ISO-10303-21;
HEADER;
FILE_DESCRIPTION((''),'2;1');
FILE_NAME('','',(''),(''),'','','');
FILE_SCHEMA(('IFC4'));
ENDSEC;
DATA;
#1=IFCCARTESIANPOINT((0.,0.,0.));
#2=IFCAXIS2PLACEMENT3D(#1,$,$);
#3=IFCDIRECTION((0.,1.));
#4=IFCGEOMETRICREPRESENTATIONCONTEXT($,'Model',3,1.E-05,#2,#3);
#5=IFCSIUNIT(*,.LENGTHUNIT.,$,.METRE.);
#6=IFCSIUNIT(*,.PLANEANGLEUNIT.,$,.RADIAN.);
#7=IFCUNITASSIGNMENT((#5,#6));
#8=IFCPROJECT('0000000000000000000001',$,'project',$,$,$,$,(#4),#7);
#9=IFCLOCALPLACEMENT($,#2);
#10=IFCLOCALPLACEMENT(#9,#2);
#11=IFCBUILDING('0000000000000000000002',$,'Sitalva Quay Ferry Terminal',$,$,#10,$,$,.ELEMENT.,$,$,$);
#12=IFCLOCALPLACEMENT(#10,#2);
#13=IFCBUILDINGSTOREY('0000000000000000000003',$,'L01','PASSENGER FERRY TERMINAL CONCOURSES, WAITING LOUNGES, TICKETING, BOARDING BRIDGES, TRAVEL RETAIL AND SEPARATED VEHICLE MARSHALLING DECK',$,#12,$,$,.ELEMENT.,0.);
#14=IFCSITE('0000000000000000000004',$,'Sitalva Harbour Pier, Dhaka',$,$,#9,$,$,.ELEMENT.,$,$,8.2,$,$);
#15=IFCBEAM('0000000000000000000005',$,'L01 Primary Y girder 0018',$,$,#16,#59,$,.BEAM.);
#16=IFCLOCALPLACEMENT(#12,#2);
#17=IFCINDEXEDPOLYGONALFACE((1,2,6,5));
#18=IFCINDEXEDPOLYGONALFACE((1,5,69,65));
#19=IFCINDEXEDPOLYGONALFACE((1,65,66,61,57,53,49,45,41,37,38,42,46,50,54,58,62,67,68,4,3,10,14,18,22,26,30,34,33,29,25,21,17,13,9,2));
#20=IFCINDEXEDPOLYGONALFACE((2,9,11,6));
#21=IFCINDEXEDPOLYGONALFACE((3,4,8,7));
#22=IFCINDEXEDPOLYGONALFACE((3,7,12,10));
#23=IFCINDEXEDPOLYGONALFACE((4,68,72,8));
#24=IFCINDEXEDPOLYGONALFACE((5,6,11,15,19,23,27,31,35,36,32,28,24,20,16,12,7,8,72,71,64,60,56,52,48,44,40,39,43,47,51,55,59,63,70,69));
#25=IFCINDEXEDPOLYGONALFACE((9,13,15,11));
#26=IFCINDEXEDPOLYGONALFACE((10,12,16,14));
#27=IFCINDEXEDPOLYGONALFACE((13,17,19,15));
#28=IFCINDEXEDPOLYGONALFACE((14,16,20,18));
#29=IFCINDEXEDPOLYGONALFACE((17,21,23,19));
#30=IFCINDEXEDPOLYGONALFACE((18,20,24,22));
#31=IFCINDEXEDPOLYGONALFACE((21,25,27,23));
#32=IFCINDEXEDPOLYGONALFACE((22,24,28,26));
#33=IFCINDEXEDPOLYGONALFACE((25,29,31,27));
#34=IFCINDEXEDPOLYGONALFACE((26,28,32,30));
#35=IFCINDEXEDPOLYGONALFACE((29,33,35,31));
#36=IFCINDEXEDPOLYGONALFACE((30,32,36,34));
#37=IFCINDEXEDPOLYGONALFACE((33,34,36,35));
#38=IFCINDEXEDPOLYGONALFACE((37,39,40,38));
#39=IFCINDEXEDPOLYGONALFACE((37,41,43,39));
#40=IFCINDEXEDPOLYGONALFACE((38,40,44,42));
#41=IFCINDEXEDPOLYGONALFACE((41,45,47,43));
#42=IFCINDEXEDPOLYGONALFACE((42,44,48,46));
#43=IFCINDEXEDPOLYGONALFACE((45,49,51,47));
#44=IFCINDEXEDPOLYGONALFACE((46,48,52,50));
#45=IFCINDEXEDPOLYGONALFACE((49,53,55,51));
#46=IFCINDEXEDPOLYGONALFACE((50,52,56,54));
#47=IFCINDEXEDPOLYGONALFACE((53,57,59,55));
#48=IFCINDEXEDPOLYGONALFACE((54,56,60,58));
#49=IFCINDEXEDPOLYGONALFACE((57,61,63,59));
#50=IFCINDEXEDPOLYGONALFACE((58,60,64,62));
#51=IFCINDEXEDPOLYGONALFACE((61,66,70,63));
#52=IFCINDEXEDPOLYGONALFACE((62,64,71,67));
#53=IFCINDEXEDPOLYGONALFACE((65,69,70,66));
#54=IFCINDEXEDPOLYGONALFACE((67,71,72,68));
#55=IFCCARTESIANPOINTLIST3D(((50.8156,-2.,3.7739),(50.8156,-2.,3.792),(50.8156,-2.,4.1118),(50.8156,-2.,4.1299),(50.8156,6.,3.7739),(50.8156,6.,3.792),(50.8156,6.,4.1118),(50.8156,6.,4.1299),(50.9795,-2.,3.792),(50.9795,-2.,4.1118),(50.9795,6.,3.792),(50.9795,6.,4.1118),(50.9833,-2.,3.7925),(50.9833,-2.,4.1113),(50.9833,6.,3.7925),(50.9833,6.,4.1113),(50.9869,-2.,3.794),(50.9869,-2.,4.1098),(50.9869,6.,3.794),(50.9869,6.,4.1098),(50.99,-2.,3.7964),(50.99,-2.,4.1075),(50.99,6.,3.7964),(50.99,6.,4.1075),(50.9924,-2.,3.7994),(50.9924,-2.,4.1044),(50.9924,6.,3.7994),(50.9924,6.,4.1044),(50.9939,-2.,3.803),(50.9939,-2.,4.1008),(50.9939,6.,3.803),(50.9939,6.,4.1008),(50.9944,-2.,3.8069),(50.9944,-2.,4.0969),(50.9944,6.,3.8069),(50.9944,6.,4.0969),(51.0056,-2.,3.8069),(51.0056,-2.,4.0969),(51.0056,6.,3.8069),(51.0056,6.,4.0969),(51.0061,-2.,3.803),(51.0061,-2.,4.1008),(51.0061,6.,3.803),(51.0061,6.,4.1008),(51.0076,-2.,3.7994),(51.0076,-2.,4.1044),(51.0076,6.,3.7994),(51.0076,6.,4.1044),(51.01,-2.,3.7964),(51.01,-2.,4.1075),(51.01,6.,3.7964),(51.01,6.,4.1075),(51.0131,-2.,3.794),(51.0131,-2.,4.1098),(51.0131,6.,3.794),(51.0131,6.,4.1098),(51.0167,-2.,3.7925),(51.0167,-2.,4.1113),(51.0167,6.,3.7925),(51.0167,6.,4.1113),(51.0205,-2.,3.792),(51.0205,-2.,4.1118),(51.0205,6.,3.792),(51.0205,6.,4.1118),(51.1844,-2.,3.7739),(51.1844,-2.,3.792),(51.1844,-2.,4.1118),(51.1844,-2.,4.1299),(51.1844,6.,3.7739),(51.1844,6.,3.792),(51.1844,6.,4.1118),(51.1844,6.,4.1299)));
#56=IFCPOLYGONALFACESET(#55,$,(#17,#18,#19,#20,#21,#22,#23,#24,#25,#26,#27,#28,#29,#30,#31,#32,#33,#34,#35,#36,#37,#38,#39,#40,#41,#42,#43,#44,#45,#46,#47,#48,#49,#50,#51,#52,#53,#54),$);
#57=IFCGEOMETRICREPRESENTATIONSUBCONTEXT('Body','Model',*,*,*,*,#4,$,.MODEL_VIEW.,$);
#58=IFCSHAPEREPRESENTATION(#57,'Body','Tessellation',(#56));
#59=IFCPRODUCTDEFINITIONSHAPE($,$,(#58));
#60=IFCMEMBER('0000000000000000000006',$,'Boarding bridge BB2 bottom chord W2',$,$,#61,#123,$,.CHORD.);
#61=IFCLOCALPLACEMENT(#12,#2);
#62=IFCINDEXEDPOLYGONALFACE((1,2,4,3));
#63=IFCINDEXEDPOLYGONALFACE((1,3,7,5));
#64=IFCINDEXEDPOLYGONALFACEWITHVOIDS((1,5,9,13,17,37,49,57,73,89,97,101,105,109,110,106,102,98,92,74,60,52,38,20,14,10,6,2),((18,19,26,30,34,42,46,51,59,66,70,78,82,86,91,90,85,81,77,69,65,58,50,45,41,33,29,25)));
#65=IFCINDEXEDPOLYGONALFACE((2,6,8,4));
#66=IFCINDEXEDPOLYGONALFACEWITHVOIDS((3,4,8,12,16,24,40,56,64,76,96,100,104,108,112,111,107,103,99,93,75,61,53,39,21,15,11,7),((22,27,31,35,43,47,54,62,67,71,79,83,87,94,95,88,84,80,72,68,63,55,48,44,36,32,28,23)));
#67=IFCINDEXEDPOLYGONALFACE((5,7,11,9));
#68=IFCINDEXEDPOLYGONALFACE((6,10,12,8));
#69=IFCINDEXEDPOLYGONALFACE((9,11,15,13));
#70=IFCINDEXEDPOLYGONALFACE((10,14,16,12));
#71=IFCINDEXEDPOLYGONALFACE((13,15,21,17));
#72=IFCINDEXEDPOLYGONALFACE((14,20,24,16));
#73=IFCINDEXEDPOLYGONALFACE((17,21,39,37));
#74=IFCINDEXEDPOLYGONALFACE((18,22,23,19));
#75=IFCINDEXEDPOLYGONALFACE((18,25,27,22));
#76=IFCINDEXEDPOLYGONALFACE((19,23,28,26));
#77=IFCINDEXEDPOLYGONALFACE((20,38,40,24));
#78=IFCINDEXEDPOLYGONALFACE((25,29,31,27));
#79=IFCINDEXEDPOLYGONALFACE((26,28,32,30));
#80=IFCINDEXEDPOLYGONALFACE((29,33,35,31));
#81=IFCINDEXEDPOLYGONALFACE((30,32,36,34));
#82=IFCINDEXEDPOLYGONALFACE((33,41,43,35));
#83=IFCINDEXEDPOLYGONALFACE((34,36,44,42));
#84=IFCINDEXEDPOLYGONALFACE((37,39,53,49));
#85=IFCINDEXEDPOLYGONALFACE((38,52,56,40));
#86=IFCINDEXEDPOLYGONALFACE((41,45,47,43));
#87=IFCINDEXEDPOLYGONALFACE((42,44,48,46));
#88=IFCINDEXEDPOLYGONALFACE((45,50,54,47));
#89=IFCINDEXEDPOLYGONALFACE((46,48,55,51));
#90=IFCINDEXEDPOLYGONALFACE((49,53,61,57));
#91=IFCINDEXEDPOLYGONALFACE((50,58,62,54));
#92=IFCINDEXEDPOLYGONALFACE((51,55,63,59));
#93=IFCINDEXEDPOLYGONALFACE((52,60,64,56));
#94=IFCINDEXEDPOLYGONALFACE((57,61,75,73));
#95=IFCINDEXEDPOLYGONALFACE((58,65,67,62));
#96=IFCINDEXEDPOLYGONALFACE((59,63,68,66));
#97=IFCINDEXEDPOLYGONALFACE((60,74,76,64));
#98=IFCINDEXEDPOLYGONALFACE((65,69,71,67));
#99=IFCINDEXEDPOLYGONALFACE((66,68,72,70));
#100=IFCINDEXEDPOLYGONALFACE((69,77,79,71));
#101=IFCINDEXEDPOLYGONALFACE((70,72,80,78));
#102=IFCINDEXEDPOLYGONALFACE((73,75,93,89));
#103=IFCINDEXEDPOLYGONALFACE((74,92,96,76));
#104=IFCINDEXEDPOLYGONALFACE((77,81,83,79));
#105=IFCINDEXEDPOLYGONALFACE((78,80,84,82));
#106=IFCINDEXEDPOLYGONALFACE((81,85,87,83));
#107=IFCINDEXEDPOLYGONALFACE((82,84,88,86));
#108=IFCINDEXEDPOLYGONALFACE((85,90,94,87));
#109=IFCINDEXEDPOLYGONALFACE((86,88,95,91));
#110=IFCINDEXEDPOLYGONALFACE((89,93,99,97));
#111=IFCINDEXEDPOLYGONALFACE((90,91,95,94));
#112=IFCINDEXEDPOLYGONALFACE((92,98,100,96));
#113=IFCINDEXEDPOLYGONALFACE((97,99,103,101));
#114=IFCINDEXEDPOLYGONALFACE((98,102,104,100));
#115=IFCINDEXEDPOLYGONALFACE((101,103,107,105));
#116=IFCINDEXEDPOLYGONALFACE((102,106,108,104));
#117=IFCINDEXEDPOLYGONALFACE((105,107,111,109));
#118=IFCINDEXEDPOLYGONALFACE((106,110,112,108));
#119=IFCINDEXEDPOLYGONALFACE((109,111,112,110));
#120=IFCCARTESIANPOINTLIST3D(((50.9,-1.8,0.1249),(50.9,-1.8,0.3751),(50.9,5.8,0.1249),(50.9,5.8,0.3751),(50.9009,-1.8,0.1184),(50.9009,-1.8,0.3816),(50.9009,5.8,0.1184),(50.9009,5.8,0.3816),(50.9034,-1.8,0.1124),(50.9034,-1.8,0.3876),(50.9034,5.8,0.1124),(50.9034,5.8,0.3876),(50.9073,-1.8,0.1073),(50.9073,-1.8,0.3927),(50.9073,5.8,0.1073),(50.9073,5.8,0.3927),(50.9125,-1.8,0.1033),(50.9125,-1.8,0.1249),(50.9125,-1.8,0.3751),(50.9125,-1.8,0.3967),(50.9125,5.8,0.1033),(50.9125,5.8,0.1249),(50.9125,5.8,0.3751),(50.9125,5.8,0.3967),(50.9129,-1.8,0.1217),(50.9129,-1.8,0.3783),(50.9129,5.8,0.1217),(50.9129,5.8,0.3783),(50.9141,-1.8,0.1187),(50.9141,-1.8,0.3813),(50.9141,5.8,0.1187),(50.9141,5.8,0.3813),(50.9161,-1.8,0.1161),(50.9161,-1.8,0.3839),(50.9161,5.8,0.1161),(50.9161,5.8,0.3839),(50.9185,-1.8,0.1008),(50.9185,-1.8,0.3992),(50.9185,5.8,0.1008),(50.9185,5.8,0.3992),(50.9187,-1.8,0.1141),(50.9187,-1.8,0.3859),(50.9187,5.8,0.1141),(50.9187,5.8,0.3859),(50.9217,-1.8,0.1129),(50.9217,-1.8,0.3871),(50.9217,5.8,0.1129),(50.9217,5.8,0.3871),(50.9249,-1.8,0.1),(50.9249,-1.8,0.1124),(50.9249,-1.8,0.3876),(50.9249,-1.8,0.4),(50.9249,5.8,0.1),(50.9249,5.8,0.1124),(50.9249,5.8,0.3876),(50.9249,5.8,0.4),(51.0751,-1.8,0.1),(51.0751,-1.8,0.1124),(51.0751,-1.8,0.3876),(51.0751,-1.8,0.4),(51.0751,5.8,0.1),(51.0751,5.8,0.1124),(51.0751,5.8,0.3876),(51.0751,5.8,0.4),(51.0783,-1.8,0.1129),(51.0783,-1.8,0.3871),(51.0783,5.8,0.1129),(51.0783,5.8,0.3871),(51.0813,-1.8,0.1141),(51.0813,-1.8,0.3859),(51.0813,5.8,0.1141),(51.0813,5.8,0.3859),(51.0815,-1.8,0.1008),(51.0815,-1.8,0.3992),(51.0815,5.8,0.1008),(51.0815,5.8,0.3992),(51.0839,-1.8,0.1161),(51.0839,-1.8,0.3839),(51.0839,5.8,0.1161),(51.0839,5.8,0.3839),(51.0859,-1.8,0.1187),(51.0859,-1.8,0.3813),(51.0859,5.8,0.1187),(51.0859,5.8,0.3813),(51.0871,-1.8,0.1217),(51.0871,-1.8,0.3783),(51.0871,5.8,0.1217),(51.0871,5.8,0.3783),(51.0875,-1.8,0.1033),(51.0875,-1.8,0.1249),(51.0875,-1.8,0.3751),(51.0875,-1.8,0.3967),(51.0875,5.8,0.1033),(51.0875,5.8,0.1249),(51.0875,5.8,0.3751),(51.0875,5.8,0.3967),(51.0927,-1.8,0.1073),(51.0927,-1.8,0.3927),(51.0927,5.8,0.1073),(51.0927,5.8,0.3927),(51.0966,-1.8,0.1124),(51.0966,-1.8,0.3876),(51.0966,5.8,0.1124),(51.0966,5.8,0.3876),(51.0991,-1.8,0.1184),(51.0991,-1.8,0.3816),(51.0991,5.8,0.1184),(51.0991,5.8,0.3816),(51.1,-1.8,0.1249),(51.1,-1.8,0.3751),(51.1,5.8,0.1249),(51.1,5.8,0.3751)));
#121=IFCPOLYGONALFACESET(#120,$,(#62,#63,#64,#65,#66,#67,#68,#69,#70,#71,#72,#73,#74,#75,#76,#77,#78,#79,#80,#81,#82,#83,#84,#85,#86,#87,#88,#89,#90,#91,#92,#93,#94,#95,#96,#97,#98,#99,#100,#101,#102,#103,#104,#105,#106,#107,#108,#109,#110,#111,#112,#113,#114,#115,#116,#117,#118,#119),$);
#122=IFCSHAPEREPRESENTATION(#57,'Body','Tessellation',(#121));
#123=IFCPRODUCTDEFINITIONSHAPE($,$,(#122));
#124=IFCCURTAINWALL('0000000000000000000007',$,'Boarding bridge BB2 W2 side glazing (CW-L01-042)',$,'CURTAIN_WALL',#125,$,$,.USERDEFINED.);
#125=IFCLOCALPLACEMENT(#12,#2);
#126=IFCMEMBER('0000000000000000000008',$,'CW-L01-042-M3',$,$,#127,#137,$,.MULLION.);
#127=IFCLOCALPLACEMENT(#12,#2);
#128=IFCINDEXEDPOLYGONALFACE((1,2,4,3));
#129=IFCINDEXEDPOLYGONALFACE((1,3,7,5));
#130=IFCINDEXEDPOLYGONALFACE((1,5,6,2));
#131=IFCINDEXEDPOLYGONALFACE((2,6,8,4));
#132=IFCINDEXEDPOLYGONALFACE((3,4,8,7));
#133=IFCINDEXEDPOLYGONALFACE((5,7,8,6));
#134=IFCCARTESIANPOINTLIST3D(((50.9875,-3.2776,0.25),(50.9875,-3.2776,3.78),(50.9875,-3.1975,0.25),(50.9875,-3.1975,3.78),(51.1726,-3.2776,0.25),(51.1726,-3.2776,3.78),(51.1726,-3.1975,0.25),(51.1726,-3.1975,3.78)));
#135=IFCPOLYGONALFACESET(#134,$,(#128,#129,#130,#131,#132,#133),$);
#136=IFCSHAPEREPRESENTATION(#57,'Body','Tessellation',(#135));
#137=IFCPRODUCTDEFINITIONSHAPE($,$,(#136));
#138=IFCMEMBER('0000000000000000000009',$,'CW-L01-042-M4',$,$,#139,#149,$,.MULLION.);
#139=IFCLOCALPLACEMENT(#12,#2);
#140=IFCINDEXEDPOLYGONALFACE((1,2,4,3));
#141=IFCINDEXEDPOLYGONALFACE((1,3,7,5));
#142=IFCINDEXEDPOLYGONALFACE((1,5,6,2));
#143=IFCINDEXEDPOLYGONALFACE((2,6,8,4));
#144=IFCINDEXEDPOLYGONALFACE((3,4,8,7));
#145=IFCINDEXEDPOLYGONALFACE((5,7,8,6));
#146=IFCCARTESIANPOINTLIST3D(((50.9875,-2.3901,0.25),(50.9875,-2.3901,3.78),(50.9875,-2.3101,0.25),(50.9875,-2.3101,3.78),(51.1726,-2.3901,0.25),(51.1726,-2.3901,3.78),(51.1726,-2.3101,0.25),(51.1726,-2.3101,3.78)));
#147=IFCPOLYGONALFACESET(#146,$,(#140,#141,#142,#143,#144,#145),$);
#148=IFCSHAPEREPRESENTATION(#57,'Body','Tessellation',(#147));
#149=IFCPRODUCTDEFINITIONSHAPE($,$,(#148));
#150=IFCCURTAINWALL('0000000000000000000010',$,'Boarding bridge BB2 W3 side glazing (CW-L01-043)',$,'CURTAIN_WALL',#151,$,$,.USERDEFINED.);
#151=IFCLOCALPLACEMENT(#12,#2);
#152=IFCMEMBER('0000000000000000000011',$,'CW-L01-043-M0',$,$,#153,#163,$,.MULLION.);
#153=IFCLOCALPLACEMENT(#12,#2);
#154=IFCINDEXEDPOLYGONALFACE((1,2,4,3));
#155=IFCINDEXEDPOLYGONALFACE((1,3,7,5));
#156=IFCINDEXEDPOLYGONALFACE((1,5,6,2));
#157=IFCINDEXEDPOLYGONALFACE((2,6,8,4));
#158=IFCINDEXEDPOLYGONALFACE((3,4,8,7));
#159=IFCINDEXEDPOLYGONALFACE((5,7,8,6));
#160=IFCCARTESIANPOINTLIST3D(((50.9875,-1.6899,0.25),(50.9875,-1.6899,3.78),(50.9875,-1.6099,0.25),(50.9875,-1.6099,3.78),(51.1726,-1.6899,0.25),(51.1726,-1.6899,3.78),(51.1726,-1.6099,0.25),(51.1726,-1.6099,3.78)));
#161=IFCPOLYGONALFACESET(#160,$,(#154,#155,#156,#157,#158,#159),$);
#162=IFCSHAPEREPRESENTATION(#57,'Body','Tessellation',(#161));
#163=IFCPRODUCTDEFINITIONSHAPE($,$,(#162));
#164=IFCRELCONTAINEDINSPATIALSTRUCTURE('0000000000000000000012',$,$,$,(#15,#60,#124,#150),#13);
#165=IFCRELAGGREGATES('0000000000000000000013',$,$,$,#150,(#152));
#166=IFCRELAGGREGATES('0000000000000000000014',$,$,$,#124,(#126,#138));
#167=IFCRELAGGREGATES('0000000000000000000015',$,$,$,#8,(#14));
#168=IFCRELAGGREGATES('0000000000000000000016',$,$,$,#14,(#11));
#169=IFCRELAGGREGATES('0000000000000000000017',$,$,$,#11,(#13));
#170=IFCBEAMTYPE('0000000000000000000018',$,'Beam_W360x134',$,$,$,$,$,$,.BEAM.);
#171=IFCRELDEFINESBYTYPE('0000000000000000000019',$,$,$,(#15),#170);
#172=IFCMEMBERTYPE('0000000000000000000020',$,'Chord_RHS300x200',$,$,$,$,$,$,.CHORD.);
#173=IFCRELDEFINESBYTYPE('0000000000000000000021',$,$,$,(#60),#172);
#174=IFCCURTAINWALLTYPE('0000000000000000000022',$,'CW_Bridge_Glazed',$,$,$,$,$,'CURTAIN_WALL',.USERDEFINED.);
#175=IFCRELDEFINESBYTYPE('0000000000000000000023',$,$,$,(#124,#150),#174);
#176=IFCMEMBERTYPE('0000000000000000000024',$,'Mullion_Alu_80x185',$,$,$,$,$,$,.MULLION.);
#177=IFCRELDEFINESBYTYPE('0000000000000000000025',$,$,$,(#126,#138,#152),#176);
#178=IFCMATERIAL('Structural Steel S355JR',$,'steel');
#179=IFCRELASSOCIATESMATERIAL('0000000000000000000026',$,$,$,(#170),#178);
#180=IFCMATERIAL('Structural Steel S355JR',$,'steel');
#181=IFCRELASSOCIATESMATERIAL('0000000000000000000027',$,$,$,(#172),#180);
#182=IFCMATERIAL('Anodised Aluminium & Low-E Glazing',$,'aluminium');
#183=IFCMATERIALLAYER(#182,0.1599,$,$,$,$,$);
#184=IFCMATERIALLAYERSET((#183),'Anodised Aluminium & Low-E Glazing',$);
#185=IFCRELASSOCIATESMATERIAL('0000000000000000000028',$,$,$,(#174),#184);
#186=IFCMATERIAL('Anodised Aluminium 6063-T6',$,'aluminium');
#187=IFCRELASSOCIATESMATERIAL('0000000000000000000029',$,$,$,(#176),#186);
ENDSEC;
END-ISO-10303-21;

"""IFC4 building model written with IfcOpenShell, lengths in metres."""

from ifc_helpers import new_model, si_unit, direction, frame, origin, origin_2d, place, context, subcontext, project, spatial, rectangle, hollow_rectangle, i_section, extrude, material, layer, layer_set, material_profile, profile_set, type_object, element, aggregate, save


model = new_model("IFC4")

# Units and contexts
model_context = context("Model", 3, precision=1e-05, world=origin(), true_north=direction((0.0, 1.0)))
body_context = subcontext(model_context, "Body", "Model", "MODEL_VIEW")
ifc_project = project(units=[si_unit("LENGTHUNIT", "METRE"), si_unit("PLANEANGLEUNIT", "RADIAN")], contexts=[model_context])

# Site, building, storey
site_placement = place(None, origin())
site = spatial("IfcSite", under=ifc_project, at=site_placement, Name="Sitalva Harbour Pier, Dhaka", CompositionType="ELEMENT", RefElevation=8.2)
building_placement = place(site_placement, origin())
building = spatial("IfcBuilding", under=site, at=building_placement, Name="Sitalva Quay Ferry Terminal", CompositionType="ELEMENT")
storey_placement = place(building_placement, origin())
storey = spatial("IfcBuildingStorey", under=building, at=storey_placement, Name="L01", Description="PASSENGER FERRY TERMINAL CONCOURSES, WAITING LOUNGES, TICKETING, BOARDING BRIDGES, TRAVEL RETAIL AND SEPARATED VEHICLE MARSHALLING DECK", CompositionType="ELEMENT", Elevation=0.0)

# Beam
ifc_material_1 = material(Name="Structural Steel S355JR", Category="steel")
ifc_material_profile_1 = material_profile(ifc_material_1, i_section(OverallWidth=0.3689, OverallDepth=0.356, WebThickness=0.0112, FlangeThickness=0.0181, FilletRadius=0.0149, at=origin_2d()), Name="W360x134")
ifc_profile_set_1 = profile_set([ifc_material_profile_1], Name="Structural Steel S355JR")
beam_type = type_object("IfcBeamType", Name="Beam_W360x134", PredefinedType="BEAM", material=ifc_profile_set_1)
beam_1_placement = place(storey_placement, frame((51.0, -2.0, 3.9519), z_axis=(0.0, 1.0, 0.0), x_axis=(-1.0, 0.0, 0.0)))
element("IfcBeam", 1, at=beam_1_placement, inside=storey, type_object=beam_type, Name="L01 Primary Y girder 0018", PredefinedType="BEAM", context=body_context, shape_type="SweptSolid", body=[
    extrude(i_section(OverallWidth=0.3689, OverallDepth=0.356, WebThickness=0.0112, FlangeThickness=0.0181, FilletRadius=0.0149, at=origin_2d()), origin(), (0.0, 0.0, 1.0), 8.0),
])

# Member
ifc_material_2 = material(Name="Structural Steel S355JR", Category="steel")
ifc_material_profile_2 = material_profile(ifc_material_2, hollow_rectangle(XDim=0.2, YDim=0.3, WallThickness=0.0125, InnerFilletRadius=0.0125, OuterFilletRadius=0.0249, at=origin_2d()), Name="RHS300x200x12.5")
ifc_profile_set_2 = profile_set([ifc_material_profile_2], Name="Structural Steel S355JR")
member_type_1 = type_object("IfcMemberType", Name="Chord_RHS300x200", PredefinedType="CHORD", material=ifc_profile_set_2)
member_1_placement = place(storey_placement, frame((51.0, -1.8, 0.25), z_axis=(0.0, 1.0, 0.0), x_axis=(-1.0, 0.0, 0.0)))
element("IfcMember", 2, at=member_1_placement, inside=storey, type_object=member_type_1, Name="Boarding bridge BB2 bottom chord W2", PredefinedType="CHORD", context=body_context, shape_type="SweptSolid", body=[
    extrude(hollow_rectangle(XDim=0.2, YDim=0.3, WallThickness=0.0125, InnerFilletRadius=0.0125, OuterFilletRadius=0.0249, at=origin_2d()), origin(), (0.0, 0.0, 1.0), 7.6001),
])

# Curtain wall, members
ifc_material_3 = material(Name="Anodised Aluminium & Low-E Glazing", Category="aluminium")
ifc_layer_1 = layer(ifc_material_3, 0.1599)
ifc_layer_set_1 = layer_set([ifc_layer_1], Name="Anodised Aluminium & Low-E Glazing")
curtain_wall_type = type_object("IfcCurtainWallType", Name="CW_Bridge_Glazed", ElementType="CURTAIN_WALL", PredefinedType="USERDEFINED", material=ifc_layer_set_1)
curtain_wall_1_placement = place(storey_placement, origin())
curtain_wall_1 = element("IfcCurtainWall", 3, at=curtain_wall_1_placement, inside=storey, type_object=curtain_wall_type, Name="Boarding bridge BB2 W2 side glazing (CW-L01-042)", ObjectType="CURTAIN_WALL", PredefinedType="USERDEFINED")
ifc_material_4 = material(Name="Anodised Aluminium 6063-T6", Category="aluminium")
ifc_material_profile_3 = material_profile(ifc_material_4, rectangle(XDim=0.0801, YDim=0.1851, at=origin_2d()), Name="ALU80x185")
ifc_profile_set_3 = profile_set([ifc_material_profile_3], Name="Anodised Aluminium 6063-T6")
member_type_2 = type_object("IfcMemberType", Name="Mullion_Alu_80x185", PredefinedType="MULLION", material=ifc_profile_set_3)
member_2_placement = place(storey_placement, frame((51.0801, -3.2375, 0.25), z_axis=(0.0, 0.0, 1.0), x_axis=(0.0, 1.0, 0.0)))
member_2 = element("IfcMember", 4, at=member_2_placement, type_object=member_type_2, Name="CW-L01-042-M3", PredefinedType="MULLION", context=body_context, shape_type="SweptSolid", body=[
    extrude(rectangle(XDim=0.0801, YDim=0.1851, at=origin_2d()), origin(), (0.0, 0.0, 1.0), 3.53),
])
member_3_placement = place(storey_placement, frame((51.0801, -2.3501, 0.25), z_axis=(0.0, 0.0, 1.0), x_axis=(0.0, 1.0, 0.0)))
member_3 = element("IfcMember", 5, at=member_3_placement, type_object=member_type_2, Name="CW-L01-042-M4", PredefinedType="MULLION", context=body_context, shape_type="SweptSolid", body=[
    extrude(rectangle(XDim=0.0801, YDim=0.1851, at=origin_2d()), origin(), (0.0, 0.0, 1.0), 3.53),
])

# Curtain wall, member
curtain_wall_2_placement = place(storey_placement, origin())
curtain_wall_2 = element("IfcCurtainWall", 6, at=curtain_wall_2_placement, inside=storey, type_object=curtain_wall_type, Name="Boarding bridge BB2 W3 side glazing (CW-L01-043)", ObjectType="CURTAIN_WALL", PredefinedType="USERDEFINED")
member_4_placement = place(storey_placement, frame((51.0801, -1.6499, 0.25), z_axis=(0.0, 0.0, 1.0), x_axis=(0.0, 1.0, 0.0)))
member_4 = element("IfcMember", 7, at=member_4_placement, type_object=member_type_2, Name="CW-L01-043-M0", PredefinedType="MULLION", context=body_context, shape_type="SweptSolid", body=[
    extrude(rectangle(XDim=0.0801, YDim=0.1851, at=origin_2d()), origin(), (0.0, 0.0, 1.0), 3.53),
])

aggregate(curtain_wall_2, [member_4])

aggregate(curtain_wall_1, [member_2, member_3])

save(model, "model.ifc")
